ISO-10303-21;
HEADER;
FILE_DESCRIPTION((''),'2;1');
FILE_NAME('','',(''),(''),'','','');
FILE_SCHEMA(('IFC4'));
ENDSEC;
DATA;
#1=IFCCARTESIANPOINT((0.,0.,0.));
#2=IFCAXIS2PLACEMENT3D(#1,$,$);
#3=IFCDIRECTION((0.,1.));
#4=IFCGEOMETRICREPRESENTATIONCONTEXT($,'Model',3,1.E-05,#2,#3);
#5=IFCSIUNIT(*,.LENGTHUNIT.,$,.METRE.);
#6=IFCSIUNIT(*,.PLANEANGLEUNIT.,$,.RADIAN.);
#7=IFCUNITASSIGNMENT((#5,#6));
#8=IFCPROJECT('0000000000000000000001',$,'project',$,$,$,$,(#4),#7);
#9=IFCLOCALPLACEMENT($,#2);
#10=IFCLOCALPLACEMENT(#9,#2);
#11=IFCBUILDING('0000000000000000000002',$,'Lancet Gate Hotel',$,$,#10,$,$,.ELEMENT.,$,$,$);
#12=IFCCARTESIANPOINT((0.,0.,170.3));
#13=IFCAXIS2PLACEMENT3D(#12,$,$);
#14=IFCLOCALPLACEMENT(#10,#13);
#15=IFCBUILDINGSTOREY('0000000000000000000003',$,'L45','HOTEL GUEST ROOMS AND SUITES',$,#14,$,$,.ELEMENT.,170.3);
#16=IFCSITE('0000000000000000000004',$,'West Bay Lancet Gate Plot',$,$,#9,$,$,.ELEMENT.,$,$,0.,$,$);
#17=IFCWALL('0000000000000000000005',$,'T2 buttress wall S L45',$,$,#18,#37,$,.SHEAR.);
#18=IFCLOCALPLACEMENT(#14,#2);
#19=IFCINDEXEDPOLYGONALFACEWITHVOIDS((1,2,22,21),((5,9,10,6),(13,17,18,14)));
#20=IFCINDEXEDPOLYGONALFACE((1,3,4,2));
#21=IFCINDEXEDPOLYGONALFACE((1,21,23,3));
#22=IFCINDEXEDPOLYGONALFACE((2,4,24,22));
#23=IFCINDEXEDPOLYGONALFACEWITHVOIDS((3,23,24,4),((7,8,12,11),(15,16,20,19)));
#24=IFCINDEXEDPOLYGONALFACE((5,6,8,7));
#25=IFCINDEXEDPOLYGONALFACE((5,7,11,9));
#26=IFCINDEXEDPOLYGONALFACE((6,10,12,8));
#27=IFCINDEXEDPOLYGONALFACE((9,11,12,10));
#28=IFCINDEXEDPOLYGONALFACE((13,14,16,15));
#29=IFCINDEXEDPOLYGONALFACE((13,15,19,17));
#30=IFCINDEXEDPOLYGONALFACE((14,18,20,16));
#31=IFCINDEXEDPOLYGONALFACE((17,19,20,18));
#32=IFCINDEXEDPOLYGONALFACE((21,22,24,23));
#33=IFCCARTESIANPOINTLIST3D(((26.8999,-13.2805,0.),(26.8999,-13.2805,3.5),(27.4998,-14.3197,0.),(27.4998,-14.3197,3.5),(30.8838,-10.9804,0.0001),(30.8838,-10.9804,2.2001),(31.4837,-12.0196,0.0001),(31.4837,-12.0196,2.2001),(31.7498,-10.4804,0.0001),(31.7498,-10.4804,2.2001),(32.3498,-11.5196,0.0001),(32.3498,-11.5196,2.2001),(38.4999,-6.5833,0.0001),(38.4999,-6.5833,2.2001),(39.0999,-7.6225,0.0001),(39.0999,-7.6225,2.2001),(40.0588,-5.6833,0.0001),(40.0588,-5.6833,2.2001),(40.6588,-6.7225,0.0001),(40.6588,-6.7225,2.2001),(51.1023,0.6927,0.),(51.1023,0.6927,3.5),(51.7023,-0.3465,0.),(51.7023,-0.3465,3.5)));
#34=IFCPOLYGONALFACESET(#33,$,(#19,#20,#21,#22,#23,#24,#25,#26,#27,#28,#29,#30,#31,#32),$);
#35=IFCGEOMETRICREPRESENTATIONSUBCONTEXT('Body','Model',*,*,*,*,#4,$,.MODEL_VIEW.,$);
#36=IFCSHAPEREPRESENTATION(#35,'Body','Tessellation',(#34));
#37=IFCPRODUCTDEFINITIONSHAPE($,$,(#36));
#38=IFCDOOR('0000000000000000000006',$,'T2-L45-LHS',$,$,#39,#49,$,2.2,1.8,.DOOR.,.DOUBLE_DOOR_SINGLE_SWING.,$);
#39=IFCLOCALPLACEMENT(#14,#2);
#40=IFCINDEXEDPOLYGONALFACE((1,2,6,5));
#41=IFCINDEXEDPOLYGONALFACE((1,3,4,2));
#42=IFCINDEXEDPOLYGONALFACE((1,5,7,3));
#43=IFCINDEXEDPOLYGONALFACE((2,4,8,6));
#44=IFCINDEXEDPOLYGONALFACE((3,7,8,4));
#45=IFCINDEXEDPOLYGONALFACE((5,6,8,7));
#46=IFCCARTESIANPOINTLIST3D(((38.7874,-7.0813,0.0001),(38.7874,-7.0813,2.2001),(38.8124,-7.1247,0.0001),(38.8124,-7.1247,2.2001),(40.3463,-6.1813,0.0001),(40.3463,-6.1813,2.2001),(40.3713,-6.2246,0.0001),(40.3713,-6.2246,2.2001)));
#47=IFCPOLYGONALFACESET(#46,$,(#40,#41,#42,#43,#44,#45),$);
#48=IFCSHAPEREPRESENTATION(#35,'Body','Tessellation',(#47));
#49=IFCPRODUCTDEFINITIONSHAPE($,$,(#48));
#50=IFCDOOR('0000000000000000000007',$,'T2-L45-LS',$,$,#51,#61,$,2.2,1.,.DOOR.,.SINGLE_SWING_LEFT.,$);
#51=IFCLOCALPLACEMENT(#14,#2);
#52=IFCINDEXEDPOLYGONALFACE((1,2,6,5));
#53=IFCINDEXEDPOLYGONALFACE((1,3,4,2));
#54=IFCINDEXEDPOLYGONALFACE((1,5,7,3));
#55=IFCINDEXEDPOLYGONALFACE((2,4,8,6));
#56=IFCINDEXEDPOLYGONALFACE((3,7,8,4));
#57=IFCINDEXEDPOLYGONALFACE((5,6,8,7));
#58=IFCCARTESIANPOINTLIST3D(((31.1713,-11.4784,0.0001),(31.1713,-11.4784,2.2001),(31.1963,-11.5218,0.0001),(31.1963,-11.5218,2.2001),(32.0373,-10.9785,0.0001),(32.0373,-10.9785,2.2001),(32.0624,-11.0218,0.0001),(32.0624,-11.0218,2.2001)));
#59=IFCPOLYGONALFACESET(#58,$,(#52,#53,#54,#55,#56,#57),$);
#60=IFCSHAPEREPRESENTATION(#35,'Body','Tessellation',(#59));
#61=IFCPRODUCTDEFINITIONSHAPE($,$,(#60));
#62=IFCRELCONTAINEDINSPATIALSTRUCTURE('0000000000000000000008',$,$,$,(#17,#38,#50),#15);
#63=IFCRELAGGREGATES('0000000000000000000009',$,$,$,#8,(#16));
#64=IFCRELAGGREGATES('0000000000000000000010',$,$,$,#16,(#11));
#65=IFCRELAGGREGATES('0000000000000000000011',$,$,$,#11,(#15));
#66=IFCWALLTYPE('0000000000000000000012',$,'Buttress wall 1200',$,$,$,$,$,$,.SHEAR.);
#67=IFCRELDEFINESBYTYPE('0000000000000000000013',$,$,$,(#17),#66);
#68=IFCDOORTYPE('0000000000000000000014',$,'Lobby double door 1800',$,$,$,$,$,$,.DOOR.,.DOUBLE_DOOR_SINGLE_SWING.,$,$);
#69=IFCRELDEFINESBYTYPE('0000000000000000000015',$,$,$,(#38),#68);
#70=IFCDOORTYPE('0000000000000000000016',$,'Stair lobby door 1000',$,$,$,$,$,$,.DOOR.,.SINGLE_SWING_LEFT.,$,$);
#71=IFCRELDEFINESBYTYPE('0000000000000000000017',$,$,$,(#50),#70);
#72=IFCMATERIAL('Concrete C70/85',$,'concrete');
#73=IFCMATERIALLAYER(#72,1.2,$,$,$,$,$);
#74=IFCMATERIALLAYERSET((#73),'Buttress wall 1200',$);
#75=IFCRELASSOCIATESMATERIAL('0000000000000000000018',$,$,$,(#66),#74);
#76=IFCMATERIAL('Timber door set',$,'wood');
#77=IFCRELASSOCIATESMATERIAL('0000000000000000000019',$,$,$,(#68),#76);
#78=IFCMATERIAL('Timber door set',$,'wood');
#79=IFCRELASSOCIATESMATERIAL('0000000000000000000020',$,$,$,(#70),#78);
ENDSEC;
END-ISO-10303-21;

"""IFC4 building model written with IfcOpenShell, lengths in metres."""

from ifc_helpers import new_model, si_unit, direction, frame, frame_2d, origin, place, context, subcontext, project, spatial, rectangle, extrude, material, layer, layer_set, type_object, element, fill, save


model = new_model("IFC4")

# Units and contexts
model_context = context("Model", 3, precision=1e-05, world=origin(), true_north=direction((0.0, 1.0)))
body_context = subcontext(model_context, "Body", "Model", "MODEL_VIEW")
ifc_project = project(units=[si_unit("LENGTHUNIT", "METRE"), si_unit("PLANEANGLEUNIT", "RADIAN")], contexts=[model_context])

# Site, building, storey
site_placement = place(None, origin())
site = spatial("IfcSite", under=ifc_project, at=site_placement, Name="West Bay Lancet Gate Plot", CompositionType="ELEMENT", RefElevation=0.0)
building_placement = place(site_placement, origin())
building = spatial("IfcBuilding", under=site, at=building_placement, Name="Lancet Gate Hotel", CompositionType="ELEMENT")
storey_placement = place(building_placement, frame((0.0, 0.0, 170.3)))
storey = spatial("IfcBuildingStorey", under=building, at=storey_placement, Name="L45", Description="HOTEL GUEST ROOMS AND SUITES", CompositionType="ELEMENT", Elevation=170.3)

# Wall, openings, doors
ifc_material_1 = material(Name="Concrete C70/85", Category="concrete")
ifc_layer_1 = layer(ifc_material_1, 1.2)
ifc_layer_set_1 = layer_set([ifc_layer_1], Name="Buttress wall 1200")
wall_type = type_object("IfcWallType", Name="Buttress wall 1200", PredefinedType="SHEAR", material=ifc_layer_set_1)
wall_placement = place(storey_placement, frame((27.2, -13.8, 0.0), z_axis=(0.0, 0.0, 1.0), x_axis=(0.866027, 0.499997, 0.0)))
wall = element("IfcWall", 1, at=wall_placement, inside=storey, type_object=wall_type, Name="T2 buttress wall S L45", PredefinedType="SHEAR", context=body_context, shape_type="SweptSolid", body=[
    extrude(rectangle(XDim=27.9465, YDim=1.2, at=frame_2d((13.9731, 0.0))), origin(), (0.0, 0.0, 1.0), 3.5),
])
opening_1_placement = place(wall_placement, frame((4.6001, 0.0, 0.0)))
opening_1 = element("IfcOpeningElement", 2, at=opening_1_placement, cuts=wall, PredefinedType="OPENING", context=body_context, shape_type="SweptSolid", body=[
    extrude(rectangle(XDim=1.0, YDim=2.2, at=frame_2d((0.5, 1.1001))), frame((0.0, 0.6099, 0.0), z_axis=(0.0, -1.0, 0.0), x_axis=(1.0, 0.0, 0.0)), (0.0, 0.0, 1.0), 1.22),
])
opening_2_placement = place(wall_placement, frame((13.3945, 0.0, 0.0)))
opening_2 = element("IfcOpeningElement", 3, at=opening_2_placement, cuts=wall, PredefinedType="OPENING", context=body_context, shape_type="SweptSolid", body=[
    extrude(rectangle(XDim=1.8, YDim=2.2, at=frame_2d((0.8999, 1.1001))), frame((0.0, 0.6099, 0.0), z_axis=(0.0, -1.0, 0.0), x_axis=(1.0, 0.0, 0.0)), (0.0, 0.0, 1.0), 1.22),
])
ifc_material_2 = material(Name="Timber door set", Category="wood")
door_type_1 = type_object("IfcDoorType", Name="Lobby double door 1800", OperationType="DOUBLE_DOOR_SINGLE_SWING", PredefinedType="DOOR", material=ifc_material_2)
door_1_placement = place(opening_2_placement, origin())
door_1 = element("IfcDoor", 4, at=door_1_placement, inside=storey, type_object=door_type_1, Name="T2-L45-LHS", OperationType="DOUBLE_DOOR_SINGLE_SWING", OverallHeight=2.2, OverallWidth=1.8, PredefinedType="DOOR", context=body_context, shape_type="SweptSolid", body=[
    extrude(rectangle(XDim=1.8, YDim=2.2, at=frame_2d((0.8999, 1.1001))), frame((0.0, 0.0249, 0.0), z_axis=(0.0, -1.0, 0.0), x_axis=(1.0, 0.0, 0.0)), (0.0, 0.0, 1.0), 0.05),
])
fill(opening_2, door_1)
ifc_material_3 = material(Name="Timber door set", Category="wood")
door_type_2 = type_object("IfcDoorType", Name="Stair lobby door 1000", OperationType="SINGLE_SWING_LEFT", PredefinedType="DOOR", material=ifc_material_3)
door_2_placement = place(opening_1_placement, origin())
door_2 = element("IfcDoor", 5, at=door_2_placement, inside=storey, type_object=door_type_2, Name="T2-L45-LS", OperationType="SINGLE_SWING_LEFT", OverallHeight=2.2, OverallWidth=1.0, PredefinedType="DOOR", context=body_context, shape_type="SweptSolid", body=[
    extrude(rectangle(XDim=1.0, YDim=2.2, at=frame_2d((0.5, 1.1001))), frame((0.0, 0.0249, 0.0), z_axis=(0.0, -1.0, 0.0), x_axis=(1.0, 0.0, 0.0)), (0.0, 0.0, 1.0), 0.05),
])
fill(opening_1, door_2)

save(model, "model.ifc")
